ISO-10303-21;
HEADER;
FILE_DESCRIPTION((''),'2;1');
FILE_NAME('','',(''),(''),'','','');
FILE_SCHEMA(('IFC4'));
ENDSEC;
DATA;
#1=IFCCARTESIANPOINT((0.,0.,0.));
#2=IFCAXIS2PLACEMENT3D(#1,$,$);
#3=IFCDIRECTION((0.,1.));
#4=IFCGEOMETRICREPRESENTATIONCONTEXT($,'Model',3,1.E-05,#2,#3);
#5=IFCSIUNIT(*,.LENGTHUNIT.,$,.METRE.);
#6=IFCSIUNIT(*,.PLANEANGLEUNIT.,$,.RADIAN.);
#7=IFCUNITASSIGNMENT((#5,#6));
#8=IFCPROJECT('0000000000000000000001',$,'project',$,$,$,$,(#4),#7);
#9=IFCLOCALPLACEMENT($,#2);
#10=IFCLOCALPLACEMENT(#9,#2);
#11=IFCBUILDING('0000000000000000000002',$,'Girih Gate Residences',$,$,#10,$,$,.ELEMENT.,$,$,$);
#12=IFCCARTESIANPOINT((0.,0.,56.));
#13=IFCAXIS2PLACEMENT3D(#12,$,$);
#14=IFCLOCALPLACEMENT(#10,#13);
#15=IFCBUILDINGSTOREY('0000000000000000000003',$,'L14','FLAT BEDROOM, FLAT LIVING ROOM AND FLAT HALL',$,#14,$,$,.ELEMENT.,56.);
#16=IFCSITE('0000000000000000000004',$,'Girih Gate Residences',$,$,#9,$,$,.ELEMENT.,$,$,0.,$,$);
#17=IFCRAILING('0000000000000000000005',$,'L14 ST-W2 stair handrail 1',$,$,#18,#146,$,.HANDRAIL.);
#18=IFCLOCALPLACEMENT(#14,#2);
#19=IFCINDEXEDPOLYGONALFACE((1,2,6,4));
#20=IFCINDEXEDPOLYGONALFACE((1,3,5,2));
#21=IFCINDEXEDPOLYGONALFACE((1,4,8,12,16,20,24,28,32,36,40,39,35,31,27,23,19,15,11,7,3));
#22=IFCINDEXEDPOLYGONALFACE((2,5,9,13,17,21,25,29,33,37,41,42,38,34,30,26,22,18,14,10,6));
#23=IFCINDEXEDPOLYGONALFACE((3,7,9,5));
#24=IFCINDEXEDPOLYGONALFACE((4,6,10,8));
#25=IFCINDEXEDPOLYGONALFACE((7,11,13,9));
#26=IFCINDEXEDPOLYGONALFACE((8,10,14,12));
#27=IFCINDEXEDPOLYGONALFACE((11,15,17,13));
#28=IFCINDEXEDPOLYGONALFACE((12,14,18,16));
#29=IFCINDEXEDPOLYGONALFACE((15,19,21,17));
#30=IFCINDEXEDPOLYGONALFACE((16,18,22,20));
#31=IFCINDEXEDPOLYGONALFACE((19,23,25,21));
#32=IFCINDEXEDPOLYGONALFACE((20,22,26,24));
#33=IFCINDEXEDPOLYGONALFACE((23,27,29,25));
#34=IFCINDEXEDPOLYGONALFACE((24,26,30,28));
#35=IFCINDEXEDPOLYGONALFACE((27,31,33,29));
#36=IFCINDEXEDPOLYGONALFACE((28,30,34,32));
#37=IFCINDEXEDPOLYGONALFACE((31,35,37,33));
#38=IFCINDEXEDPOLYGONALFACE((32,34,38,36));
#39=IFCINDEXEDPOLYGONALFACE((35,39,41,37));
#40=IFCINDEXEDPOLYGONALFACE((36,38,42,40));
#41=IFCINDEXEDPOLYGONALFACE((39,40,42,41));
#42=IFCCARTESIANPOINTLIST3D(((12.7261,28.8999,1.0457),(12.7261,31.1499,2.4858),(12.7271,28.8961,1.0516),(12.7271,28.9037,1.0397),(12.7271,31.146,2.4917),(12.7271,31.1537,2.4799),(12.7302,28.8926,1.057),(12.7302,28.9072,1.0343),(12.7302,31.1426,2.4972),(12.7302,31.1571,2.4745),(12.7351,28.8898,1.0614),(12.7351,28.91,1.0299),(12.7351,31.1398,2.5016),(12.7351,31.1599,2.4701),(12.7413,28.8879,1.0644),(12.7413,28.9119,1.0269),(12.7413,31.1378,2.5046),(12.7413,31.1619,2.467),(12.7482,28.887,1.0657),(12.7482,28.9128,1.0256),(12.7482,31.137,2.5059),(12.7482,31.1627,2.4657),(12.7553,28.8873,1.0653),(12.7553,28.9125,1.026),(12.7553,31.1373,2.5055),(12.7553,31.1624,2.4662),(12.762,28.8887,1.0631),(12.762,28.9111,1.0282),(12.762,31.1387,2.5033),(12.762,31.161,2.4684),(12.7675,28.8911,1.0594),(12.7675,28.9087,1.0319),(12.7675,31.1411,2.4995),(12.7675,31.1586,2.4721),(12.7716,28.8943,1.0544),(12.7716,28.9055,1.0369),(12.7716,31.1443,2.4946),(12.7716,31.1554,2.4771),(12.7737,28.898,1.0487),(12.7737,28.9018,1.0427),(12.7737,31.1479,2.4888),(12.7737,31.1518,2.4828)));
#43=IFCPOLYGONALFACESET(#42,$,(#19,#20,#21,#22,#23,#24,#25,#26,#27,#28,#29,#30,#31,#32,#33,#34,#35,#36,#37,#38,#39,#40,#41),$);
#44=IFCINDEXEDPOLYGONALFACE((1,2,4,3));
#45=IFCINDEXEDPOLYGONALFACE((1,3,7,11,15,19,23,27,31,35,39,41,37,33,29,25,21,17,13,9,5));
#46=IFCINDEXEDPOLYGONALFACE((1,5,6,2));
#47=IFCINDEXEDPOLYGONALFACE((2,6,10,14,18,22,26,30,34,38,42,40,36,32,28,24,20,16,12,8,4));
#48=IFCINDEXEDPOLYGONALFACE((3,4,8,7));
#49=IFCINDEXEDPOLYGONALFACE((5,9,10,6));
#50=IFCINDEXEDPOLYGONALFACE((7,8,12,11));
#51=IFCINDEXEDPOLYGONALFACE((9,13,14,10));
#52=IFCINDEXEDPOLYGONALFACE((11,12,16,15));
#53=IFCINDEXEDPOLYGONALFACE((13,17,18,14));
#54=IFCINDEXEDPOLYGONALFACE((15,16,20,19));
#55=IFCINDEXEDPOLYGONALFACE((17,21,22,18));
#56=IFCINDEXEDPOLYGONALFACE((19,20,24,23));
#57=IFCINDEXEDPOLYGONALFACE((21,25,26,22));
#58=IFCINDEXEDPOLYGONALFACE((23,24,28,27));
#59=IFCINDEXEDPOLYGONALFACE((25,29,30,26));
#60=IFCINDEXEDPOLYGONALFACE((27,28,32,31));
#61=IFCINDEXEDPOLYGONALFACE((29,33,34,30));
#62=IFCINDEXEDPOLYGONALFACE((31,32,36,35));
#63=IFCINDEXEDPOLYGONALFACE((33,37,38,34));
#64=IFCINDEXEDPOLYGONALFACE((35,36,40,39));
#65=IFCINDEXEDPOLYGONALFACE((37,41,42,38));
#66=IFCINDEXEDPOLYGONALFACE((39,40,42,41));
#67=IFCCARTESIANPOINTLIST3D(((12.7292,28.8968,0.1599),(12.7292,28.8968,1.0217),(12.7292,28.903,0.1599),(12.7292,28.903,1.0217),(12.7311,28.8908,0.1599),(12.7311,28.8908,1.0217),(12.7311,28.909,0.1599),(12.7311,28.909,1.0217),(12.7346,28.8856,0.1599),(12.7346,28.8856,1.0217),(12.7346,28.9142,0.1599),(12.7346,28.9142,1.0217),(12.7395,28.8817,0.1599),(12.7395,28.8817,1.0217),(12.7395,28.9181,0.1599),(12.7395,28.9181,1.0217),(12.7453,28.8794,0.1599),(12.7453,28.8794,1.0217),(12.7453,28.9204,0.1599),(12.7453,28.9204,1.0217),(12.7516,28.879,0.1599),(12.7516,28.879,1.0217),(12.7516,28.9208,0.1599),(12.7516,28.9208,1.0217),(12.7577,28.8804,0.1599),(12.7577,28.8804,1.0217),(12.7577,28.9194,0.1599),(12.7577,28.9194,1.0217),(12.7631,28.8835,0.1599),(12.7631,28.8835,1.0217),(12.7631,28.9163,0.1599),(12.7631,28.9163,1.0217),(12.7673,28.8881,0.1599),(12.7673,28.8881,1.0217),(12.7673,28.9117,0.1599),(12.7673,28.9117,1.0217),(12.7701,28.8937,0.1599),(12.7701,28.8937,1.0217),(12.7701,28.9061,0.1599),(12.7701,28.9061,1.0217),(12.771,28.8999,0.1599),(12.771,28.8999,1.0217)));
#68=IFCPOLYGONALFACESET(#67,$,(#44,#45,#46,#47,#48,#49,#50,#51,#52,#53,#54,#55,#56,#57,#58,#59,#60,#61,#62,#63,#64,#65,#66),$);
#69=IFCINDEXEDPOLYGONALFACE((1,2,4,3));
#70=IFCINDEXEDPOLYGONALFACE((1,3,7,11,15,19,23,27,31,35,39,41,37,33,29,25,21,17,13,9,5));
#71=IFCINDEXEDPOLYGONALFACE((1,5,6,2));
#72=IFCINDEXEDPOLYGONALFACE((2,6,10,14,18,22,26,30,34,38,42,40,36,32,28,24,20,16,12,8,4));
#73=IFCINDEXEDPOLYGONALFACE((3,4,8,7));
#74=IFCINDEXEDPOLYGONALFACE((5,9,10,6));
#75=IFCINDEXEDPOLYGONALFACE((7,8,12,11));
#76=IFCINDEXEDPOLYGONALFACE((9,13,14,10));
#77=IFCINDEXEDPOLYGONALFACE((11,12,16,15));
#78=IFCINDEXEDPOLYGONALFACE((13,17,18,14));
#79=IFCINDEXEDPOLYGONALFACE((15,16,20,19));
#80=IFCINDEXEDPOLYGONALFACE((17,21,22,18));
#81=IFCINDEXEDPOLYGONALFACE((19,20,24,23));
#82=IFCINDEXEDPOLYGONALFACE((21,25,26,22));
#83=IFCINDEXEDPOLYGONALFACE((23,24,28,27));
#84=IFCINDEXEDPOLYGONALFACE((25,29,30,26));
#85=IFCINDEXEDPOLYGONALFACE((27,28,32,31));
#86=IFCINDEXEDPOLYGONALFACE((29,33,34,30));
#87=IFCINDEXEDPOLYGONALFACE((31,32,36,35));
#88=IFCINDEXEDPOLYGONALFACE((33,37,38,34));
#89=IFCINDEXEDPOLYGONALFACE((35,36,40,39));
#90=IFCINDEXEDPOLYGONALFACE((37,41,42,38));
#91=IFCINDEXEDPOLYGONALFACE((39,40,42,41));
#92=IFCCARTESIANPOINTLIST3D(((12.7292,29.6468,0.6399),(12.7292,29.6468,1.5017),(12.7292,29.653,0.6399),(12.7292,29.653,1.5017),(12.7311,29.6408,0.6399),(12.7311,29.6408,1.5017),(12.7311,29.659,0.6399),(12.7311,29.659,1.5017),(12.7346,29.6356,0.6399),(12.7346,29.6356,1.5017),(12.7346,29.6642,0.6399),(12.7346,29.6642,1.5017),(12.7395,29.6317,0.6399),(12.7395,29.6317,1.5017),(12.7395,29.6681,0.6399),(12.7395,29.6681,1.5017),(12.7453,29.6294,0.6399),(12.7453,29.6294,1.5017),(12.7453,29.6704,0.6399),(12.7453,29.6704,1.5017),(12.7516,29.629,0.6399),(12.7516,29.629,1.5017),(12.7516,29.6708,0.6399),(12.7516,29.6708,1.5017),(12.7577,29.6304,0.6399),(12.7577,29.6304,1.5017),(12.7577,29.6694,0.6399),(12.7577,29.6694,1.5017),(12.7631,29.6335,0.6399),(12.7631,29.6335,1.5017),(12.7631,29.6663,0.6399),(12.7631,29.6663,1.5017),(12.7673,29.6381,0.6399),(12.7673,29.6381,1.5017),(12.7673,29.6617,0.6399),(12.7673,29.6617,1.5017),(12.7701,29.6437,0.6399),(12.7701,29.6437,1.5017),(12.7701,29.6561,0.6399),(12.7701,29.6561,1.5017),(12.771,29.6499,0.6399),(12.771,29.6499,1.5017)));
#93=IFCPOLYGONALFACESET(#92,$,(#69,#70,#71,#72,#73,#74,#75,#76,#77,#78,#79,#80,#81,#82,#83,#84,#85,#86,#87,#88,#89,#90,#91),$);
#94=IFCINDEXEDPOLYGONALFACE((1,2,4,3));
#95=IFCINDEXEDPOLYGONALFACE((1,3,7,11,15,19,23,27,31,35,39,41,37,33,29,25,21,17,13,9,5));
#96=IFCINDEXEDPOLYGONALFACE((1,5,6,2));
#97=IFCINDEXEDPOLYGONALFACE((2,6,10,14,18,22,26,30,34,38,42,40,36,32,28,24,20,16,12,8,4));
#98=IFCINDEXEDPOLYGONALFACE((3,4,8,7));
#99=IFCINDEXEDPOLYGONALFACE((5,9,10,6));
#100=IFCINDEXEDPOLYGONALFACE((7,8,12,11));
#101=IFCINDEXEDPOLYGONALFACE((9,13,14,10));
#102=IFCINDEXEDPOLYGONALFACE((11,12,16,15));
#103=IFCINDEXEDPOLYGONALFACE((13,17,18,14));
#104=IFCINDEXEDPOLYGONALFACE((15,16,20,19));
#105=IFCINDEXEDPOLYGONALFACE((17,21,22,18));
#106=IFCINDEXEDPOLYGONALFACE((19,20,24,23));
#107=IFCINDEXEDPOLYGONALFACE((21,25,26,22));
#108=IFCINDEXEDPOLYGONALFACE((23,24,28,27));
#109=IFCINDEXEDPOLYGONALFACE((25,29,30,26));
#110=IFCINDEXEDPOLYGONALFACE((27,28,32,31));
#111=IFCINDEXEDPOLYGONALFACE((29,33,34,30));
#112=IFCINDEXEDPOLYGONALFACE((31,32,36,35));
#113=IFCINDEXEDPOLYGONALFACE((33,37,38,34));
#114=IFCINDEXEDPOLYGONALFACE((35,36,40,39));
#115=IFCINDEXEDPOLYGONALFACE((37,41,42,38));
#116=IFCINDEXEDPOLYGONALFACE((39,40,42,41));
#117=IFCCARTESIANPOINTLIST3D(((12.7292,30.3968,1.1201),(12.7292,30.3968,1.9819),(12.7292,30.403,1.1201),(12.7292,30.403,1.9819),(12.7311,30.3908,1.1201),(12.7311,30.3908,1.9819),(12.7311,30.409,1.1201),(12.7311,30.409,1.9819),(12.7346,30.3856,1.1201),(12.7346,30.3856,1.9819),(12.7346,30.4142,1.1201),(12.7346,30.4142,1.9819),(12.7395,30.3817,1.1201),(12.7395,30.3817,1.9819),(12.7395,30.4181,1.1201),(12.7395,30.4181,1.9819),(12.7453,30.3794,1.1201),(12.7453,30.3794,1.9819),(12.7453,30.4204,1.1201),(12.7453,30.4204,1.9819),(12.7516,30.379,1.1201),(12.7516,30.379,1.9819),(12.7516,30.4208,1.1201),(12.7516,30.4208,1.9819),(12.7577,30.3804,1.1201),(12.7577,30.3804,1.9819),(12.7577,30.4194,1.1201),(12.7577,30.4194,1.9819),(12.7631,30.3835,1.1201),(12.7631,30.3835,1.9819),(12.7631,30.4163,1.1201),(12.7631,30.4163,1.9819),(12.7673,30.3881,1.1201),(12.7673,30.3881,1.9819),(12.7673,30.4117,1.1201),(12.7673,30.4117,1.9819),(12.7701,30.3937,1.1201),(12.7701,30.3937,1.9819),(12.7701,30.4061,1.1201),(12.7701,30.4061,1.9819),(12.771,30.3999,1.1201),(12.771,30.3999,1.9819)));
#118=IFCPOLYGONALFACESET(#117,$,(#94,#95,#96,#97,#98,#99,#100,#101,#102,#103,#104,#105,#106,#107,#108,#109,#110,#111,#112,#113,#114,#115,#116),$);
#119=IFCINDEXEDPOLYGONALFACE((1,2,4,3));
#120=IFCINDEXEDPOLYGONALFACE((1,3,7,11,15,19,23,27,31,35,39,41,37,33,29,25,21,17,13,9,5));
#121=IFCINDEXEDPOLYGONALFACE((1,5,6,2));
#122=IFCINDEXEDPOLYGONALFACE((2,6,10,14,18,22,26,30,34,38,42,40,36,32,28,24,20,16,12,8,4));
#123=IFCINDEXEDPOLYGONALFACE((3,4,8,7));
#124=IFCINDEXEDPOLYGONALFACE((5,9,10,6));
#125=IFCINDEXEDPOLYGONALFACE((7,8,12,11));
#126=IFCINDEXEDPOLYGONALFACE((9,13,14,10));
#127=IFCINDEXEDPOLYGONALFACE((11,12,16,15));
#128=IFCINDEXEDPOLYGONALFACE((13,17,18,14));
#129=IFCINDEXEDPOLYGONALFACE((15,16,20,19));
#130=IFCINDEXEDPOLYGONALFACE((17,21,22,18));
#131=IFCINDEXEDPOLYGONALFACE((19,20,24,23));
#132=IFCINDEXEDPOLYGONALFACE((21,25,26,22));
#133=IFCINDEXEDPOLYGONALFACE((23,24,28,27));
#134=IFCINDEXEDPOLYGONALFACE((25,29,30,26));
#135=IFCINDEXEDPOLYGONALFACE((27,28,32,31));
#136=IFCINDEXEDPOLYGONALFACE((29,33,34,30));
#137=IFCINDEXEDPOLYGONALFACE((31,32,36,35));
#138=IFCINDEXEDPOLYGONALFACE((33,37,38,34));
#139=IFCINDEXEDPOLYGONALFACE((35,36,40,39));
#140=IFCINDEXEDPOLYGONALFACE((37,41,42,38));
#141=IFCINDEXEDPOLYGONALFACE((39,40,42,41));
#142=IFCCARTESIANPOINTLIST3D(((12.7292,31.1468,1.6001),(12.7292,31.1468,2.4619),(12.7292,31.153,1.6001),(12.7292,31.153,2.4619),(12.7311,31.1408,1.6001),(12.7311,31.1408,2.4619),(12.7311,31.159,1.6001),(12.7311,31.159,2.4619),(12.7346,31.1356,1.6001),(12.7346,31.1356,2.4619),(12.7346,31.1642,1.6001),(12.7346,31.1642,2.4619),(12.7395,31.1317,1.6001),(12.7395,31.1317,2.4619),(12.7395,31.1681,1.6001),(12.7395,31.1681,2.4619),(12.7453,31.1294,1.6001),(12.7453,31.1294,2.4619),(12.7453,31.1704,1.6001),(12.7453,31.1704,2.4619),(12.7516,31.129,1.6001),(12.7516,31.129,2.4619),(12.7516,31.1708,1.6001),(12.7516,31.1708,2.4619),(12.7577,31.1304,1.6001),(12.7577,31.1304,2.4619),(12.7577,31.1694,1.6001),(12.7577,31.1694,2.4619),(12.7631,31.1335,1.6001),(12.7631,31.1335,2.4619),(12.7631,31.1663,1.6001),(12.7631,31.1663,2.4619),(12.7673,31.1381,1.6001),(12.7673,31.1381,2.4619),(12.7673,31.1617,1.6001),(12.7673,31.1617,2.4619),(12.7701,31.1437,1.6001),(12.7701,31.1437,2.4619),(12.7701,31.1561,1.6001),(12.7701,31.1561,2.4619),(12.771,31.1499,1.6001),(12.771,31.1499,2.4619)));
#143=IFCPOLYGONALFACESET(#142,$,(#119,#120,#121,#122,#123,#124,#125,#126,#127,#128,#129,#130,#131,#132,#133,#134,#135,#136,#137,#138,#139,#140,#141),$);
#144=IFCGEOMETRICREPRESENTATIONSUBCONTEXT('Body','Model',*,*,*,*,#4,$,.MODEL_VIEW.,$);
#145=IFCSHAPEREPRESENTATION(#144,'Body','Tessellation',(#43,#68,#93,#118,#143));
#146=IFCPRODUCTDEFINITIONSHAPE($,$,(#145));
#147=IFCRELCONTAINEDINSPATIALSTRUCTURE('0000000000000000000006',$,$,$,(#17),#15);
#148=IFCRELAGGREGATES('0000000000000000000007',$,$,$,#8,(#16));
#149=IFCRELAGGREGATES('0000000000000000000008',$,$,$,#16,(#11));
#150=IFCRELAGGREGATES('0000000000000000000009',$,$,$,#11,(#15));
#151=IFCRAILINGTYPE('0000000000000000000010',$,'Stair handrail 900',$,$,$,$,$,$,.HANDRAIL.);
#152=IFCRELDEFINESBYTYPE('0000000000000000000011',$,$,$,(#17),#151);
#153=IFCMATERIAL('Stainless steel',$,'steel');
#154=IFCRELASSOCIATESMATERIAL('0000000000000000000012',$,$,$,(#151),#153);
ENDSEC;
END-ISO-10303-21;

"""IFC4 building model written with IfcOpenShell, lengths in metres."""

from ifc_helpers import new_model, si_unit, direction, frame, origin, origin_2d, place, context, subcontext, project, spatial, circle, extrude, material, type_object, element, save


model = new_model("IFC4")

# Units and contexts
model_context = context("Model", 3, precision=1e-05, world=origin(), true_north=direction((0.0, 1.0)))
body_context = subcontext(model_context, "Body", "Model", "MODEL_VIEW")
ifc_project = project(units=[si_unit("LENGTHUNIT", "METRE"), si_unit("PLANEANGLEUNIT", "RADIAN")], contexts=[model_context])

# Site, building, storey
site_placement = place(None, origin())
site = spatial("IfcSite", under=ifc_project, at=site_placement, Name="Girih Gate Residences", CompositionType="ELEMENT", RefElevation=0.0)
building_placement = place(site_placement, origin())
building = spatial("IfcBuilding", under=site, at=building_placement, Name="Girih Gate Residences", CompositionType="ELEMENT")
storey_placement = place(building_placement, frame((0.0, 0.0, 56.0)))
storey = spatial("IfcBuildingStorey", under=building, at=storey_placement, Name="L14", Description="FLAT BEDROOM, FLAT LIVING ROOM AND FLAT HALL", CompositionType="ELEMENT", Elevation=56.0)

# Railing
ifc_material_1 = material(Name="Stainless steel", Category="steel")
railing_type_1 = type_object("IfcRailingType", Name="Stair handrail 900", PredefinedType="HANDRAIL", material=ifc_material_1)
railing_1_placement = place(storey_placement, frame((12.75, 28.8999, 0.1599)))
element("IfcRailing", 1, at=railing_1_placement, inside=storey, type_object=railing_type_1, Name="L14 ST-W2 stair handrail 1", PredefinedType="HANDRAIL", context=body_context, shape_type="SweptSolid", body=[
    extrude(circle(Radius=0.0239, at=origin_2d()), frame((0.0, 0.0, 0.8857), z_axis=(0.0, 0.84224, 0.539103), x_axis=(-1.0, 0.0, 0.0)), (0.0, 0.0, 1.0), 2.6714),
    extrude(circle(Radius=0.021, at=origin_2d()), origin(), (0.0, 0.0, 1.0), 0.8618),
    extrude(circle(Radius=0.021, at=origin_2d()), frame((0.0, 0.75, 0.48)), (0.0, 0.0, 1.0), 0.8618),
    extrude(circle(Radius=0.021, at=origin_2d()), frame((0.0, 1.5, 0.9602)), (0.0, 0.0, 1.0), 0.8618),
    extrude(circle(Radius=0.021, at=origin_2d()), frame((0.0, 2.25, 1.4402)), (0.0, 0.0, 1.0), 0.8618),
])

save(model, "model.ifc")
